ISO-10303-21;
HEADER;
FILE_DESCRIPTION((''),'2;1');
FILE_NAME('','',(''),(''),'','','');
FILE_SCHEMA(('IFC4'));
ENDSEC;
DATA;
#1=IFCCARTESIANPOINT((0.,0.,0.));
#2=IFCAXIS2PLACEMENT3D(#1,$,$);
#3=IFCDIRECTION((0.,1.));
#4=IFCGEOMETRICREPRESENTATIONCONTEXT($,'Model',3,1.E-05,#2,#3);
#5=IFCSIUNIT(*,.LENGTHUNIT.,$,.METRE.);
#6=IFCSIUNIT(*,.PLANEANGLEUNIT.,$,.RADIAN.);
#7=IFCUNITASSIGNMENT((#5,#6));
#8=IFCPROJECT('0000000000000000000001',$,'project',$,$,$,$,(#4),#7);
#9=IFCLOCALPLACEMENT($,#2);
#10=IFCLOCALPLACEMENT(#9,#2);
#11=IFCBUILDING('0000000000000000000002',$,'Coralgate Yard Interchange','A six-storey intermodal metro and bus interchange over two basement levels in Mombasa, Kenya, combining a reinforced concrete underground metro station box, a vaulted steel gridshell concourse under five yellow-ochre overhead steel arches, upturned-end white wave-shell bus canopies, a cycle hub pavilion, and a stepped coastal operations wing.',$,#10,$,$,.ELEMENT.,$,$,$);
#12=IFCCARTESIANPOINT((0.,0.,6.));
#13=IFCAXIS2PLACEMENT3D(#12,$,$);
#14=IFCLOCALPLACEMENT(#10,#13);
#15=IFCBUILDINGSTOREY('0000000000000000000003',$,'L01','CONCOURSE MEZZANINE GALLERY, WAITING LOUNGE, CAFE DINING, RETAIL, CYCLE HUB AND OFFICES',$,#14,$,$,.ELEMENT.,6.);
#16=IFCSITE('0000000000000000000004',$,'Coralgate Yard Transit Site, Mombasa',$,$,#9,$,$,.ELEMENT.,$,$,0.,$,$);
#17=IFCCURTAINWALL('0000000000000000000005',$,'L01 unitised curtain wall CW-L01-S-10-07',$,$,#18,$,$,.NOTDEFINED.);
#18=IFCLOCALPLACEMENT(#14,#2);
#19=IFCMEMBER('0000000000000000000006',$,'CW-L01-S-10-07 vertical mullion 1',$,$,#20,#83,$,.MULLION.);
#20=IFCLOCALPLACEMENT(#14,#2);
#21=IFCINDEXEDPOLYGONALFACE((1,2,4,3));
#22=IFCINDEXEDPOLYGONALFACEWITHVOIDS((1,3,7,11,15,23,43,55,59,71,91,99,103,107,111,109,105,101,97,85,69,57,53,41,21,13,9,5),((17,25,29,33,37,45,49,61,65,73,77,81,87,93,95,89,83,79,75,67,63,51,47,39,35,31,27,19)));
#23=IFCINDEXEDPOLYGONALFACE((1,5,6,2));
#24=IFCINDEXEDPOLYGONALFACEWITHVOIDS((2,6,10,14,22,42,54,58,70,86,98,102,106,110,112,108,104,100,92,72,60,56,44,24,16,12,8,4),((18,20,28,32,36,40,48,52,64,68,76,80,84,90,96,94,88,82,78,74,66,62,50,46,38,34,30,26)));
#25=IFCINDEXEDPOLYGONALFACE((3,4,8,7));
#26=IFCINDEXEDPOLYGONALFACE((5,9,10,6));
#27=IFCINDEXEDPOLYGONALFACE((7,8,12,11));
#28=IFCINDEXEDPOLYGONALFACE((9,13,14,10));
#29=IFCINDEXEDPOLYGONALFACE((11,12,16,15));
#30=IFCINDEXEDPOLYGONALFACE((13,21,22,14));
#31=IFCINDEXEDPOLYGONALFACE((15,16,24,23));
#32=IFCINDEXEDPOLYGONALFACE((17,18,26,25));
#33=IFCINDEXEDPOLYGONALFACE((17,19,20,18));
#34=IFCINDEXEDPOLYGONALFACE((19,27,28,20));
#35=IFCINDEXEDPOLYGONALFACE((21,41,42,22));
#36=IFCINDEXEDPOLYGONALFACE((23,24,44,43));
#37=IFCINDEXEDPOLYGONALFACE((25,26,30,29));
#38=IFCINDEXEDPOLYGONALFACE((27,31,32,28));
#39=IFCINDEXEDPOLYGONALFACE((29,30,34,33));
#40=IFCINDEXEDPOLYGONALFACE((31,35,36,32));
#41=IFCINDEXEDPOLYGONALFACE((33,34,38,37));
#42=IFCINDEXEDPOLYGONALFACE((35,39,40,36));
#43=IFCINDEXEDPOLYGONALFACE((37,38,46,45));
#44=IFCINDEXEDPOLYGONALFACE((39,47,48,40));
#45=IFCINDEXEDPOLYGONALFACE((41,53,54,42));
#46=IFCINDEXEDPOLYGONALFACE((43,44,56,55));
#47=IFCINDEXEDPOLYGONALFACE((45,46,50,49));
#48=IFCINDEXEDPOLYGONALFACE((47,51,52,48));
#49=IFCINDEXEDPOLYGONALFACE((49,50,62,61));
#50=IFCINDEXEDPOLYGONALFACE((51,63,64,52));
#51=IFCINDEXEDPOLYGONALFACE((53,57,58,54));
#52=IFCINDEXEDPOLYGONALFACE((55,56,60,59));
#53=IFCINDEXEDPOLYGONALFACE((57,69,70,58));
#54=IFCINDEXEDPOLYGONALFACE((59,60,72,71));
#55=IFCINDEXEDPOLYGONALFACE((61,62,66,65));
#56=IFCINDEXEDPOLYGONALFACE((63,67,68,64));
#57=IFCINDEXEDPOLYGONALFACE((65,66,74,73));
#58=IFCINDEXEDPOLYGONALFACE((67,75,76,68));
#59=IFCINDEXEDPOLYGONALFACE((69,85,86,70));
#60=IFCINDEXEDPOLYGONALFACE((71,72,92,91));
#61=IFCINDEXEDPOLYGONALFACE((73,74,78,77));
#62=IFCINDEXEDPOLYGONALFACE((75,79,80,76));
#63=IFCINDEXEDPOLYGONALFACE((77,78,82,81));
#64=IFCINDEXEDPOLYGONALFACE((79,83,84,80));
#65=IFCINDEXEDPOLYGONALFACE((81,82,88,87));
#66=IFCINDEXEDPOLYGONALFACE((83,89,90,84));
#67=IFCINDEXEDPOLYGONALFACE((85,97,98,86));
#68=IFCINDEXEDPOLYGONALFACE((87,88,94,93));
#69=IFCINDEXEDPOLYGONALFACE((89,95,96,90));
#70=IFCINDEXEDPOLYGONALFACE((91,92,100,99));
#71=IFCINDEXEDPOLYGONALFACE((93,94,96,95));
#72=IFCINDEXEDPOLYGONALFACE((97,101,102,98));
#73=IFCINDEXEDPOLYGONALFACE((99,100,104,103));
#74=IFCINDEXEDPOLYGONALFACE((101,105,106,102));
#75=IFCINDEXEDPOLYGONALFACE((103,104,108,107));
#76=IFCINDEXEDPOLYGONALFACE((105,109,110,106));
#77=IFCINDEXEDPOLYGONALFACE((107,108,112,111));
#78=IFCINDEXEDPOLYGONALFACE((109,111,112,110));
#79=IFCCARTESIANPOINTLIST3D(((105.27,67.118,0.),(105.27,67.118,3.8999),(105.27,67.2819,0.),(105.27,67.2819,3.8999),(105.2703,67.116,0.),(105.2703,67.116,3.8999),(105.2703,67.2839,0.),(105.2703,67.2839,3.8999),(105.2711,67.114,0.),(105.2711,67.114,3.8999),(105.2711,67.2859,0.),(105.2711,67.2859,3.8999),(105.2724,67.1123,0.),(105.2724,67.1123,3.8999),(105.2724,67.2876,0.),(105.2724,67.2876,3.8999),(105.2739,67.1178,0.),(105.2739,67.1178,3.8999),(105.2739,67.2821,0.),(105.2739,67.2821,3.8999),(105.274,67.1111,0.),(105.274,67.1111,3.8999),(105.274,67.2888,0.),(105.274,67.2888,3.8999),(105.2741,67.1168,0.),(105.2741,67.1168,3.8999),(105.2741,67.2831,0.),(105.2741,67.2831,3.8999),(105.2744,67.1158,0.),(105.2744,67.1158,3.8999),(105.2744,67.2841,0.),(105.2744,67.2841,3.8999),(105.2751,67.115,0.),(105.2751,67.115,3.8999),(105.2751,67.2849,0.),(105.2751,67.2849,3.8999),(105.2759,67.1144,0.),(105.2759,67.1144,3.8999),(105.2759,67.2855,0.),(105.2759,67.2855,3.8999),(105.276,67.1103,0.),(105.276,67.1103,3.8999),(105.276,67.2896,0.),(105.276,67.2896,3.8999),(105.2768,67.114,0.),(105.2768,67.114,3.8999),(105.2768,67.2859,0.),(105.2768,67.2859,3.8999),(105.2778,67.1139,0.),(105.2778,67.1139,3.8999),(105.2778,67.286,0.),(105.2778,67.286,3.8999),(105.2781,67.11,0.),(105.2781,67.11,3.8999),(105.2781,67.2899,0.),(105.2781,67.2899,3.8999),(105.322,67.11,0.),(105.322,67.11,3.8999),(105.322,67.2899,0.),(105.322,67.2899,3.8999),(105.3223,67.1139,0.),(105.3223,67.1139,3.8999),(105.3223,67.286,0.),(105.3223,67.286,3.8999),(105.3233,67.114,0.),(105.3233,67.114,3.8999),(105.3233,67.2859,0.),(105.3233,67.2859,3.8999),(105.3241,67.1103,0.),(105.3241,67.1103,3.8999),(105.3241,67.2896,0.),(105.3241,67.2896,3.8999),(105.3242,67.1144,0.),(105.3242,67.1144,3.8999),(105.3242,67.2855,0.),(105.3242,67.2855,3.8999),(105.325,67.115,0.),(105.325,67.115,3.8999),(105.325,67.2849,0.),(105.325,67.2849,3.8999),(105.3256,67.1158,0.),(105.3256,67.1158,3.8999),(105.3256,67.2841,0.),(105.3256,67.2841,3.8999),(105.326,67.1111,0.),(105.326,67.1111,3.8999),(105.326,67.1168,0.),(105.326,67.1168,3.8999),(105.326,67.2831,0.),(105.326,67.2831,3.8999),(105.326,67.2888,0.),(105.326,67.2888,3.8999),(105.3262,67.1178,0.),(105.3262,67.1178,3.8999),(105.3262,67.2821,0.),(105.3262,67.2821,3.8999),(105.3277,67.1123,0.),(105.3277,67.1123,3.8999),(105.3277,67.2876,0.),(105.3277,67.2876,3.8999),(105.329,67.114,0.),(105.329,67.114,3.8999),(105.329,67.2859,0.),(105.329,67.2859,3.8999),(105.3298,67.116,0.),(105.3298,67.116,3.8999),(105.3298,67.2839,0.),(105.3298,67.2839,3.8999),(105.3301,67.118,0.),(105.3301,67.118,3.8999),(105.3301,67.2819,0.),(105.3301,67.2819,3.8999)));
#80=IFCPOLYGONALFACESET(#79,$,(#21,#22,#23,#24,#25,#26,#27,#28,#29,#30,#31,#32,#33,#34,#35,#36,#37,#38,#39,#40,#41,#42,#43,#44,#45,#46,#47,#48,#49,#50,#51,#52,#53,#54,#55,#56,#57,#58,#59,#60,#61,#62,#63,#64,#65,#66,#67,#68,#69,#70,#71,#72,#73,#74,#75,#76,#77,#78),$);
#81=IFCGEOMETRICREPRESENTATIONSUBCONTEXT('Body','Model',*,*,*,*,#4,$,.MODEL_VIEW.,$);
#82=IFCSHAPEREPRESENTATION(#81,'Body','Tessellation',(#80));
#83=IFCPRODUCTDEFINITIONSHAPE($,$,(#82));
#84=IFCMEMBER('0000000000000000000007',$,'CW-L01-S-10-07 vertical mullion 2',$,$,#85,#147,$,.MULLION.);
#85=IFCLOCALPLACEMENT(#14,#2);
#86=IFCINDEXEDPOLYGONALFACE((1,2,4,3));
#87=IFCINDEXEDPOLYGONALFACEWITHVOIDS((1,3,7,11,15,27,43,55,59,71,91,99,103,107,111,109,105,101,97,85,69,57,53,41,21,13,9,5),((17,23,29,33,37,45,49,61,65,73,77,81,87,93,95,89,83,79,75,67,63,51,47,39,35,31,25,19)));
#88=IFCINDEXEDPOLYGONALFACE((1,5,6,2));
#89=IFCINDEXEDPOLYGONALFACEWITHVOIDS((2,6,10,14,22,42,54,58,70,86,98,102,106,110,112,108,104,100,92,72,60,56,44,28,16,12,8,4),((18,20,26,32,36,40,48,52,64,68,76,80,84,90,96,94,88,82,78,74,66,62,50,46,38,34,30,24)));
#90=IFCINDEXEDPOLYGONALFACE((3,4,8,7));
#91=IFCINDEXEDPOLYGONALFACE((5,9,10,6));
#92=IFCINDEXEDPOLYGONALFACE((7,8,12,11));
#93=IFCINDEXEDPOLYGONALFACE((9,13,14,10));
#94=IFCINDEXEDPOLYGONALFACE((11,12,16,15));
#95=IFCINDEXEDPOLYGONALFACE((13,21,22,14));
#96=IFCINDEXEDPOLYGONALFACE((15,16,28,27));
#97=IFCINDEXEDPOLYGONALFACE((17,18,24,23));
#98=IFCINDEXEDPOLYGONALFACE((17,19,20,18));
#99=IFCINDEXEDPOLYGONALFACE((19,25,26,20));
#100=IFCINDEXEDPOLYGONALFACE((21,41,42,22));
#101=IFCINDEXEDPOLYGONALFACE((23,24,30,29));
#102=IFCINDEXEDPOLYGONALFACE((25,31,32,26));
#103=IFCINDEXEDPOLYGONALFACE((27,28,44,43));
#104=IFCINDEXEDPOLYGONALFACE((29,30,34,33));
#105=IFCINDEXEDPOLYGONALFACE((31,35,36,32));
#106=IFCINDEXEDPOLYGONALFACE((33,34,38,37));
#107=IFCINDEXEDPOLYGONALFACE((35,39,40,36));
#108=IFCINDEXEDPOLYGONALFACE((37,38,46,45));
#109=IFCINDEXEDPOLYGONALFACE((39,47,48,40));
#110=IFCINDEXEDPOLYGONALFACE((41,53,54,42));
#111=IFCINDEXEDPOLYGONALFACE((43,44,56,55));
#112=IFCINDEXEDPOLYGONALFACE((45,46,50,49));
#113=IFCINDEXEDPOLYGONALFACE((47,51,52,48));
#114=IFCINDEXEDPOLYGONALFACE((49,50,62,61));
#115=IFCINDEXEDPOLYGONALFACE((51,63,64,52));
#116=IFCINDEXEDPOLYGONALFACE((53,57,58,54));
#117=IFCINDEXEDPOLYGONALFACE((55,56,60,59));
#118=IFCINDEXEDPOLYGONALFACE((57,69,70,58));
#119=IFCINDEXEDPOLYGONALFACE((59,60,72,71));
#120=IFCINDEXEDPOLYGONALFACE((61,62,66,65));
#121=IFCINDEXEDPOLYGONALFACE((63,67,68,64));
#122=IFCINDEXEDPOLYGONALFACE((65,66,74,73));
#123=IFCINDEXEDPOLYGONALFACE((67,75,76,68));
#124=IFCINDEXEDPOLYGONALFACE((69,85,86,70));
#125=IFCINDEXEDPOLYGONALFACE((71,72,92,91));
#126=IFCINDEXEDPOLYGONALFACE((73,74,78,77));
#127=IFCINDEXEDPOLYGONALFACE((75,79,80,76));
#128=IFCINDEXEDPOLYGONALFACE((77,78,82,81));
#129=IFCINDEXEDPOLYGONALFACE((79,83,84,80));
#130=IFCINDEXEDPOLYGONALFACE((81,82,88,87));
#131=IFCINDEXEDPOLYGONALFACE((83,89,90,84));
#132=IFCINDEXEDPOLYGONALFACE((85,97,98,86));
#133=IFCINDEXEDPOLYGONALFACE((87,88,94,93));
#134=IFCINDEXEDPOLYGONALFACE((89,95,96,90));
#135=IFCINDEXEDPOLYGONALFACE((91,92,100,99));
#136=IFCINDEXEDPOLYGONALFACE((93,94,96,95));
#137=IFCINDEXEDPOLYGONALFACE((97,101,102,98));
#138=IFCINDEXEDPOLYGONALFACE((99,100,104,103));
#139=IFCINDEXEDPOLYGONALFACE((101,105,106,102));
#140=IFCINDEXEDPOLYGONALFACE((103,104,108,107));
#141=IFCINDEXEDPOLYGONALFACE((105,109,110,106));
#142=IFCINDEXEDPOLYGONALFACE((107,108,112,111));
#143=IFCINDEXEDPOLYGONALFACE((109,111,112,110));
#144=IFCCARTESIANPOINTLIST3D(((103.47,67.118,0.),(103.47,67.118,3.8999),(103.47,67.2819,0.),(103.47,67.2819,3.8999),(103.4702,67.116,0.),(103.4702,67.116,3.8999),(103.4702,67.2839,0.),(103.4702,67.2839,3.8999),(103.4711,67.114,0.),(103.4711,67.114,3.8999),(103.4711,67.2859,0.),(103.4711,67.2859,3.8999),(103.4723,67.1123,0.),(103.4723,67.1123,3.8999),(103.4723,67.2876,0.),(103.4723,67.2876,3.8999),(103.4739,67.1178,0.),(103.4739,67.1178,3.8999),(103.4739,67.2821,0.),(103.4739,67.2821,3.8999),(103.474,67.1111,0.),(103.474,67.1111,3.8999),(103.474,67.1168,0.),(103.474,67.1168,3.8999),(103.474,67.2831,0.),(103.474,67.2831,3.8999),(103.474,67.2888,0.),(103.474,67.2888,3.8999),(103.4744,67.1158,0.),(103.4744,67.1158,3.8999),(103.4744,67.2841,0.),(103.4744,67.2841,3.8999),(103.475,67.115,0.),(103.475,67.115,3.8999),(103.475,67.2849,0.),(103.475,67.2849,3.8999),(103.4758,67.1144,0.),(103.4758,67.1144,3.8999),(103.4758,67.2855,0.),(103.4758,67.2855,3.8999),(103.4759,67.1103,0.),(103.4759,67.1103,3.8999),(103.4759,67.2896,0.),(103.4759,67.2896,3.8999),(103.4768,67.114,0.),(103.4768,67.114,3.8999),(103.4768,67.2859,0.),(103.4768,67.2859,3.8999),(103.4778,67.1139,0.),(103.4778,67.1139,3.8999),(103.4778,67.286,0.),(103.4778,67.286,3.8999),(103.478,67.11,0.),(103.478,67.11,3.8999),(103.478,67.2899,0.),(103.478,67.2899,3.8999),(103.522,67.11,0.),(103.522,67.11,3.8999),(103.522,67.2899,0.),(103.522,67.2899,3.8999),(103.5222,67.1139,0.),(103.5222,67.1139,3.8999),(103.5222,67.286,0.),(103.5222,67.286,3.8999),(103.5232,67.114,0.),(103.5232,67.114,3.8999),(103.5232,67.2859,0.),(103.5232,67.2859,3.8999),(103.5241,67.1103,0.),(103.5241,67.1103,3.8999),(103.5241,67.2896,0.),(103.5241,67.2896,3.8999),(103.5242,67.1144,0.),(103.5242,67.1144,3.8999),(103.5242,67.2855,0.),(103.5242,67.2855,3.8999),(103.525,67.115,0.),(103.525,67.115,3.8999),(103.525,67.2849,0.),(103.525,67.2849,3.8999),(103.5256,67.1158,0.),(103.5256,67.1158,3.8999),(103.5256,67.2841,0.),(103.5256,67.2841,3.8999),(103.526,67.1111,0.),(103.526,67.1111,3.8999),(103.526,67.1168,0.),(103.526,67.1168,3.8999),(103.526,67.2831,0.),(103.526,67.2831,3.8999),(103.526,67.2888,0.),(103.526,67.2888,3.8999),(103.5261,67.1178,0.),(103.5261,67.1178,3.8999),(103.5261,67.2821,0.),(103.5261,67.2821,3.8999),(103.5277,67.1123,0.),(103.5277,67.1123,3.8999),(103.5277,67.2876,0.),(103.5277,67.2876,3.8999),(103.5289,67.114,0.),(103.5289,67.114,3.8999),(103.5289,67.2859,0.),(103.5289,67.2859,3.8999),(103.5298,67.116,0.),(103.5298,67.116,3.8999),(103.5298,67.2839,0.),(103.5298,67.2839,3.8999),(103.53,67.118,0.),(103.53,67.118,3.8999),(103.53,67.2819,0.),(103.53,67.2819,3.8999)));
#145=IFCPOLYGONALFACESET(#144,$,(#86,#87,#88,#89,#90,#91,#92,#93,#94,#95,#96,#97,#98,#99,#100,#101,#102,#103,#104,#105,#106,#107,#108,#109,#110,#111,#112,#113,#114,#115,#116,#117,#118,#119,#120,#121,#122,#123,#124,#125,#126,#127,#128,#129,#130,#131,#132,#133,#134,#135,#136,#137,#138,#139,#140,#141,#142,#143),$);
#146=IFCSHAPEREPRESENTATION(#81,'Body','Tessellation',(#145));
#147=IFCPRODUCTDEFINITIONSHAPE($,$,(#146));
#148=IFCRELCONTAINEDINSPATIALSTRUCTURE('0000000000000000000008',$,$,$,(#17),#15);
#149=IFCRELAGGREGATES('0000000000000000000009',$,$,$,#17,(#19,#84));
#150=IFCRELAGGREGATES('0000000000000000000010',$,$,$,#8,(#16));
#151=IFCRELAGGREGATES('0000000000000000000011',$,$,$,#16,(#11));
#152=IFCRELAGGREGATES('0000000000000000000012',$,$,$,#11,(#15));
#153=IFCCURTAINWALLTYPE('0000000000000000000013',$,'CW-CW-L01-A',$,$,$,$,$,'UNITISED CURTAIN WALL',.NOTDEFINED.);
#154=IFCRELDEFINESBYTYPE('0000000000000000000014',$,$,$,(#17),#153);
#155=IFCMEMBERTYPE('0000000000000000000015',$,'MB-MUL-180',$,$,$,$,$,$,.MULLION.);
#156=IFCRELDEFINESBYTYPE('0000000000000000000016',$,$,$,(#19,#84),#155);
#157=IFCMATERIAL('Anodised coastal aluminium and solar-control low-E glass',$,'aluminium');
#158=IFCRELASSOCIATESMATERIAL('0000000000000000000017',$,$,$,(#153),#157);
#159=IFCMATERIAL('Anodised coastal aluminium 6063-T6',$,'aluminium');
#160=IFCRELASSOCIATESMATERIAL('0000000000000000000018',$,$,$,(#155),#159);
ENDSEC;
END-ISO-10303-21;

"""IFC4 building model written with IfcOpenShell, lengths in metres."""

from ifc_helpers import new_model, si_unit, direction, frame, origin, origin_2d, place, context, subcontext, project, spatial, hollow_rectangle, extrude, material, material_profile, profile_set, type_object, element, aggregate, save


model = new_model("IFC4")

# Units and contexts
model_context = context("Model", 3, precision=1e-05, world=origin(), true_north=direction((0.0, 1.0)))
body_context = subcontext(model_context, "Body", "Model", "MODEL_VIEW")
ifc_project = project(units=[si_unit("LENGTHUNIT", "METRE"), si_unit("PLANEANGLEUNIT", "RADIAN")], contexts=[model_context])

# Site, building, storey
site_placement = place(None, origin())
site = spatial("IfcSite", under=ifc_project, at=site_placement, Name="Coralgate Yard Transit Site, Mombasa", CompositionType="ELEMENT", RefElevation=0.0)
building_placement = place(site_placement, origin())
building = spatial("IfcBuilding", under=site, at=building_placement, Name="Coralgate Yard Interchange", Description="A six-storey intermodal metro and bus interchange over two basement levels in Mombasa, Kenya, combining a reinforced concrete underground metro station box, a vaulted steel gridshell concourse under five yellow-ochre overhead steel arches, upturned-end white wave-shell bus canopies, a cycle hub pavilion, and a stepped coastal operations wing.", CompositionType="ELEMENT")
storey_placement = place(building_placement, frame((0.0, 0.0, 6.0)))
storey = spatial("IfcBuildingStorey", under=building, at=storey_placement, Name="L01", Description="CONCOURSE MEZZANINE GALLERY, WAITING LOUNGE, CAFE DINING, RETAIL, CYCLE HUB AND OFFICES", CompositionType="ELEMENT", Elevation=6.0)

# Curtain wall, members
ifc_material_1 = material(Name="Anodised coastal aluminium and solar-control low-E glass", Category="aluminium")
curtain_wall_type = type_object("IfcCurtainWallType", Name="CW-CW-L01-A", ElementType="UNITISED CURTAIN WALL", PredefinedType="NOTDEFINED", material=ifc_material_1)
curtain_wall_placement = place(storey_placement, origin())
curtain_wall = element("IfcCurtainWall", 1, at=curtain_wall_placement, inside=storey, type_object=curtain_wall_type, Name="L01 unitised curtain wall CW-L01-S-10-07", PredefinedType="NOTDEFINED")
ifc_material_2 = material(Name="Anodised coastal aluminium 6063-T6", Category="aluminium")
ifc_material_profile_1 = material_profile(ifc_material_2, hollow_rectangle(XDim=0.0601, YDim=0.1799, WallThickness=0.0039, InnerFilletRadius=0.0039, OuterFilletRadius=0.0081, at=origin_2d()), Name="ALU 60x180x4")
ifc_profile_set_1 = profile_set([ifc_material_profile_1], Name="Anodised coastal aluminium 6063-T6")
member_type_1 = type_object("IfcMemberType", Name="MB-MUL-180", PredefinedType="MULLION", material=ifc_profile_set_1)
member_1_placement = place(storey_placement, frame((105.3, 67.2, 0.0), z_axis=(0.0, 0.0, 1.0), x_axis=(1.0, 0.0, 0.0)))
member_1 = element("IfcMember", 2, at=member_1_placement, type_object=member_type_1, Name="CW-L01-S-10-07 vertical mullion 1", PredefinedType="MULLION", context=body_context, shape_type="SweptSolid", body=[
    extrude(hollow_rectangle(XDim=0.0601, YDim=0.1799, WallThickness=0.0039, InnerFilletRadius=0.0039, OuterFilletRadius=0.0081, at=origin_2d()), origin(), (0.0, 0.0, 1.0), 3.8999),
])
member_2_placement = place(storey_placement, frame((103.5, 67.2, 0.0), z_axis=(0.0, 0.0, 1.0), x_axis=(1.0, 0.0, 0.0)))
member_2 = element("IfcMember", 3, at=member_2_placement, type_object=member_type_1, Name="CW-L01-S-10-07 vertical mullion 2", PredefinedType="MULLION", context=body_context, shape_type="SweptSolid", body=[
    extrude(hollow_rectangle(XDim=0.0601, YDim=0.1799, WallThickness=0.0039, InnerFilletRadius=0.0039, OuterFilletRadius=0.0081, at=origin_2d()), origin(), (0.0, 0.0, 1.0), 3.8999),
])
aggregate(curtain_wall, [member_1, member_2])

save(model, "model.ifc")
